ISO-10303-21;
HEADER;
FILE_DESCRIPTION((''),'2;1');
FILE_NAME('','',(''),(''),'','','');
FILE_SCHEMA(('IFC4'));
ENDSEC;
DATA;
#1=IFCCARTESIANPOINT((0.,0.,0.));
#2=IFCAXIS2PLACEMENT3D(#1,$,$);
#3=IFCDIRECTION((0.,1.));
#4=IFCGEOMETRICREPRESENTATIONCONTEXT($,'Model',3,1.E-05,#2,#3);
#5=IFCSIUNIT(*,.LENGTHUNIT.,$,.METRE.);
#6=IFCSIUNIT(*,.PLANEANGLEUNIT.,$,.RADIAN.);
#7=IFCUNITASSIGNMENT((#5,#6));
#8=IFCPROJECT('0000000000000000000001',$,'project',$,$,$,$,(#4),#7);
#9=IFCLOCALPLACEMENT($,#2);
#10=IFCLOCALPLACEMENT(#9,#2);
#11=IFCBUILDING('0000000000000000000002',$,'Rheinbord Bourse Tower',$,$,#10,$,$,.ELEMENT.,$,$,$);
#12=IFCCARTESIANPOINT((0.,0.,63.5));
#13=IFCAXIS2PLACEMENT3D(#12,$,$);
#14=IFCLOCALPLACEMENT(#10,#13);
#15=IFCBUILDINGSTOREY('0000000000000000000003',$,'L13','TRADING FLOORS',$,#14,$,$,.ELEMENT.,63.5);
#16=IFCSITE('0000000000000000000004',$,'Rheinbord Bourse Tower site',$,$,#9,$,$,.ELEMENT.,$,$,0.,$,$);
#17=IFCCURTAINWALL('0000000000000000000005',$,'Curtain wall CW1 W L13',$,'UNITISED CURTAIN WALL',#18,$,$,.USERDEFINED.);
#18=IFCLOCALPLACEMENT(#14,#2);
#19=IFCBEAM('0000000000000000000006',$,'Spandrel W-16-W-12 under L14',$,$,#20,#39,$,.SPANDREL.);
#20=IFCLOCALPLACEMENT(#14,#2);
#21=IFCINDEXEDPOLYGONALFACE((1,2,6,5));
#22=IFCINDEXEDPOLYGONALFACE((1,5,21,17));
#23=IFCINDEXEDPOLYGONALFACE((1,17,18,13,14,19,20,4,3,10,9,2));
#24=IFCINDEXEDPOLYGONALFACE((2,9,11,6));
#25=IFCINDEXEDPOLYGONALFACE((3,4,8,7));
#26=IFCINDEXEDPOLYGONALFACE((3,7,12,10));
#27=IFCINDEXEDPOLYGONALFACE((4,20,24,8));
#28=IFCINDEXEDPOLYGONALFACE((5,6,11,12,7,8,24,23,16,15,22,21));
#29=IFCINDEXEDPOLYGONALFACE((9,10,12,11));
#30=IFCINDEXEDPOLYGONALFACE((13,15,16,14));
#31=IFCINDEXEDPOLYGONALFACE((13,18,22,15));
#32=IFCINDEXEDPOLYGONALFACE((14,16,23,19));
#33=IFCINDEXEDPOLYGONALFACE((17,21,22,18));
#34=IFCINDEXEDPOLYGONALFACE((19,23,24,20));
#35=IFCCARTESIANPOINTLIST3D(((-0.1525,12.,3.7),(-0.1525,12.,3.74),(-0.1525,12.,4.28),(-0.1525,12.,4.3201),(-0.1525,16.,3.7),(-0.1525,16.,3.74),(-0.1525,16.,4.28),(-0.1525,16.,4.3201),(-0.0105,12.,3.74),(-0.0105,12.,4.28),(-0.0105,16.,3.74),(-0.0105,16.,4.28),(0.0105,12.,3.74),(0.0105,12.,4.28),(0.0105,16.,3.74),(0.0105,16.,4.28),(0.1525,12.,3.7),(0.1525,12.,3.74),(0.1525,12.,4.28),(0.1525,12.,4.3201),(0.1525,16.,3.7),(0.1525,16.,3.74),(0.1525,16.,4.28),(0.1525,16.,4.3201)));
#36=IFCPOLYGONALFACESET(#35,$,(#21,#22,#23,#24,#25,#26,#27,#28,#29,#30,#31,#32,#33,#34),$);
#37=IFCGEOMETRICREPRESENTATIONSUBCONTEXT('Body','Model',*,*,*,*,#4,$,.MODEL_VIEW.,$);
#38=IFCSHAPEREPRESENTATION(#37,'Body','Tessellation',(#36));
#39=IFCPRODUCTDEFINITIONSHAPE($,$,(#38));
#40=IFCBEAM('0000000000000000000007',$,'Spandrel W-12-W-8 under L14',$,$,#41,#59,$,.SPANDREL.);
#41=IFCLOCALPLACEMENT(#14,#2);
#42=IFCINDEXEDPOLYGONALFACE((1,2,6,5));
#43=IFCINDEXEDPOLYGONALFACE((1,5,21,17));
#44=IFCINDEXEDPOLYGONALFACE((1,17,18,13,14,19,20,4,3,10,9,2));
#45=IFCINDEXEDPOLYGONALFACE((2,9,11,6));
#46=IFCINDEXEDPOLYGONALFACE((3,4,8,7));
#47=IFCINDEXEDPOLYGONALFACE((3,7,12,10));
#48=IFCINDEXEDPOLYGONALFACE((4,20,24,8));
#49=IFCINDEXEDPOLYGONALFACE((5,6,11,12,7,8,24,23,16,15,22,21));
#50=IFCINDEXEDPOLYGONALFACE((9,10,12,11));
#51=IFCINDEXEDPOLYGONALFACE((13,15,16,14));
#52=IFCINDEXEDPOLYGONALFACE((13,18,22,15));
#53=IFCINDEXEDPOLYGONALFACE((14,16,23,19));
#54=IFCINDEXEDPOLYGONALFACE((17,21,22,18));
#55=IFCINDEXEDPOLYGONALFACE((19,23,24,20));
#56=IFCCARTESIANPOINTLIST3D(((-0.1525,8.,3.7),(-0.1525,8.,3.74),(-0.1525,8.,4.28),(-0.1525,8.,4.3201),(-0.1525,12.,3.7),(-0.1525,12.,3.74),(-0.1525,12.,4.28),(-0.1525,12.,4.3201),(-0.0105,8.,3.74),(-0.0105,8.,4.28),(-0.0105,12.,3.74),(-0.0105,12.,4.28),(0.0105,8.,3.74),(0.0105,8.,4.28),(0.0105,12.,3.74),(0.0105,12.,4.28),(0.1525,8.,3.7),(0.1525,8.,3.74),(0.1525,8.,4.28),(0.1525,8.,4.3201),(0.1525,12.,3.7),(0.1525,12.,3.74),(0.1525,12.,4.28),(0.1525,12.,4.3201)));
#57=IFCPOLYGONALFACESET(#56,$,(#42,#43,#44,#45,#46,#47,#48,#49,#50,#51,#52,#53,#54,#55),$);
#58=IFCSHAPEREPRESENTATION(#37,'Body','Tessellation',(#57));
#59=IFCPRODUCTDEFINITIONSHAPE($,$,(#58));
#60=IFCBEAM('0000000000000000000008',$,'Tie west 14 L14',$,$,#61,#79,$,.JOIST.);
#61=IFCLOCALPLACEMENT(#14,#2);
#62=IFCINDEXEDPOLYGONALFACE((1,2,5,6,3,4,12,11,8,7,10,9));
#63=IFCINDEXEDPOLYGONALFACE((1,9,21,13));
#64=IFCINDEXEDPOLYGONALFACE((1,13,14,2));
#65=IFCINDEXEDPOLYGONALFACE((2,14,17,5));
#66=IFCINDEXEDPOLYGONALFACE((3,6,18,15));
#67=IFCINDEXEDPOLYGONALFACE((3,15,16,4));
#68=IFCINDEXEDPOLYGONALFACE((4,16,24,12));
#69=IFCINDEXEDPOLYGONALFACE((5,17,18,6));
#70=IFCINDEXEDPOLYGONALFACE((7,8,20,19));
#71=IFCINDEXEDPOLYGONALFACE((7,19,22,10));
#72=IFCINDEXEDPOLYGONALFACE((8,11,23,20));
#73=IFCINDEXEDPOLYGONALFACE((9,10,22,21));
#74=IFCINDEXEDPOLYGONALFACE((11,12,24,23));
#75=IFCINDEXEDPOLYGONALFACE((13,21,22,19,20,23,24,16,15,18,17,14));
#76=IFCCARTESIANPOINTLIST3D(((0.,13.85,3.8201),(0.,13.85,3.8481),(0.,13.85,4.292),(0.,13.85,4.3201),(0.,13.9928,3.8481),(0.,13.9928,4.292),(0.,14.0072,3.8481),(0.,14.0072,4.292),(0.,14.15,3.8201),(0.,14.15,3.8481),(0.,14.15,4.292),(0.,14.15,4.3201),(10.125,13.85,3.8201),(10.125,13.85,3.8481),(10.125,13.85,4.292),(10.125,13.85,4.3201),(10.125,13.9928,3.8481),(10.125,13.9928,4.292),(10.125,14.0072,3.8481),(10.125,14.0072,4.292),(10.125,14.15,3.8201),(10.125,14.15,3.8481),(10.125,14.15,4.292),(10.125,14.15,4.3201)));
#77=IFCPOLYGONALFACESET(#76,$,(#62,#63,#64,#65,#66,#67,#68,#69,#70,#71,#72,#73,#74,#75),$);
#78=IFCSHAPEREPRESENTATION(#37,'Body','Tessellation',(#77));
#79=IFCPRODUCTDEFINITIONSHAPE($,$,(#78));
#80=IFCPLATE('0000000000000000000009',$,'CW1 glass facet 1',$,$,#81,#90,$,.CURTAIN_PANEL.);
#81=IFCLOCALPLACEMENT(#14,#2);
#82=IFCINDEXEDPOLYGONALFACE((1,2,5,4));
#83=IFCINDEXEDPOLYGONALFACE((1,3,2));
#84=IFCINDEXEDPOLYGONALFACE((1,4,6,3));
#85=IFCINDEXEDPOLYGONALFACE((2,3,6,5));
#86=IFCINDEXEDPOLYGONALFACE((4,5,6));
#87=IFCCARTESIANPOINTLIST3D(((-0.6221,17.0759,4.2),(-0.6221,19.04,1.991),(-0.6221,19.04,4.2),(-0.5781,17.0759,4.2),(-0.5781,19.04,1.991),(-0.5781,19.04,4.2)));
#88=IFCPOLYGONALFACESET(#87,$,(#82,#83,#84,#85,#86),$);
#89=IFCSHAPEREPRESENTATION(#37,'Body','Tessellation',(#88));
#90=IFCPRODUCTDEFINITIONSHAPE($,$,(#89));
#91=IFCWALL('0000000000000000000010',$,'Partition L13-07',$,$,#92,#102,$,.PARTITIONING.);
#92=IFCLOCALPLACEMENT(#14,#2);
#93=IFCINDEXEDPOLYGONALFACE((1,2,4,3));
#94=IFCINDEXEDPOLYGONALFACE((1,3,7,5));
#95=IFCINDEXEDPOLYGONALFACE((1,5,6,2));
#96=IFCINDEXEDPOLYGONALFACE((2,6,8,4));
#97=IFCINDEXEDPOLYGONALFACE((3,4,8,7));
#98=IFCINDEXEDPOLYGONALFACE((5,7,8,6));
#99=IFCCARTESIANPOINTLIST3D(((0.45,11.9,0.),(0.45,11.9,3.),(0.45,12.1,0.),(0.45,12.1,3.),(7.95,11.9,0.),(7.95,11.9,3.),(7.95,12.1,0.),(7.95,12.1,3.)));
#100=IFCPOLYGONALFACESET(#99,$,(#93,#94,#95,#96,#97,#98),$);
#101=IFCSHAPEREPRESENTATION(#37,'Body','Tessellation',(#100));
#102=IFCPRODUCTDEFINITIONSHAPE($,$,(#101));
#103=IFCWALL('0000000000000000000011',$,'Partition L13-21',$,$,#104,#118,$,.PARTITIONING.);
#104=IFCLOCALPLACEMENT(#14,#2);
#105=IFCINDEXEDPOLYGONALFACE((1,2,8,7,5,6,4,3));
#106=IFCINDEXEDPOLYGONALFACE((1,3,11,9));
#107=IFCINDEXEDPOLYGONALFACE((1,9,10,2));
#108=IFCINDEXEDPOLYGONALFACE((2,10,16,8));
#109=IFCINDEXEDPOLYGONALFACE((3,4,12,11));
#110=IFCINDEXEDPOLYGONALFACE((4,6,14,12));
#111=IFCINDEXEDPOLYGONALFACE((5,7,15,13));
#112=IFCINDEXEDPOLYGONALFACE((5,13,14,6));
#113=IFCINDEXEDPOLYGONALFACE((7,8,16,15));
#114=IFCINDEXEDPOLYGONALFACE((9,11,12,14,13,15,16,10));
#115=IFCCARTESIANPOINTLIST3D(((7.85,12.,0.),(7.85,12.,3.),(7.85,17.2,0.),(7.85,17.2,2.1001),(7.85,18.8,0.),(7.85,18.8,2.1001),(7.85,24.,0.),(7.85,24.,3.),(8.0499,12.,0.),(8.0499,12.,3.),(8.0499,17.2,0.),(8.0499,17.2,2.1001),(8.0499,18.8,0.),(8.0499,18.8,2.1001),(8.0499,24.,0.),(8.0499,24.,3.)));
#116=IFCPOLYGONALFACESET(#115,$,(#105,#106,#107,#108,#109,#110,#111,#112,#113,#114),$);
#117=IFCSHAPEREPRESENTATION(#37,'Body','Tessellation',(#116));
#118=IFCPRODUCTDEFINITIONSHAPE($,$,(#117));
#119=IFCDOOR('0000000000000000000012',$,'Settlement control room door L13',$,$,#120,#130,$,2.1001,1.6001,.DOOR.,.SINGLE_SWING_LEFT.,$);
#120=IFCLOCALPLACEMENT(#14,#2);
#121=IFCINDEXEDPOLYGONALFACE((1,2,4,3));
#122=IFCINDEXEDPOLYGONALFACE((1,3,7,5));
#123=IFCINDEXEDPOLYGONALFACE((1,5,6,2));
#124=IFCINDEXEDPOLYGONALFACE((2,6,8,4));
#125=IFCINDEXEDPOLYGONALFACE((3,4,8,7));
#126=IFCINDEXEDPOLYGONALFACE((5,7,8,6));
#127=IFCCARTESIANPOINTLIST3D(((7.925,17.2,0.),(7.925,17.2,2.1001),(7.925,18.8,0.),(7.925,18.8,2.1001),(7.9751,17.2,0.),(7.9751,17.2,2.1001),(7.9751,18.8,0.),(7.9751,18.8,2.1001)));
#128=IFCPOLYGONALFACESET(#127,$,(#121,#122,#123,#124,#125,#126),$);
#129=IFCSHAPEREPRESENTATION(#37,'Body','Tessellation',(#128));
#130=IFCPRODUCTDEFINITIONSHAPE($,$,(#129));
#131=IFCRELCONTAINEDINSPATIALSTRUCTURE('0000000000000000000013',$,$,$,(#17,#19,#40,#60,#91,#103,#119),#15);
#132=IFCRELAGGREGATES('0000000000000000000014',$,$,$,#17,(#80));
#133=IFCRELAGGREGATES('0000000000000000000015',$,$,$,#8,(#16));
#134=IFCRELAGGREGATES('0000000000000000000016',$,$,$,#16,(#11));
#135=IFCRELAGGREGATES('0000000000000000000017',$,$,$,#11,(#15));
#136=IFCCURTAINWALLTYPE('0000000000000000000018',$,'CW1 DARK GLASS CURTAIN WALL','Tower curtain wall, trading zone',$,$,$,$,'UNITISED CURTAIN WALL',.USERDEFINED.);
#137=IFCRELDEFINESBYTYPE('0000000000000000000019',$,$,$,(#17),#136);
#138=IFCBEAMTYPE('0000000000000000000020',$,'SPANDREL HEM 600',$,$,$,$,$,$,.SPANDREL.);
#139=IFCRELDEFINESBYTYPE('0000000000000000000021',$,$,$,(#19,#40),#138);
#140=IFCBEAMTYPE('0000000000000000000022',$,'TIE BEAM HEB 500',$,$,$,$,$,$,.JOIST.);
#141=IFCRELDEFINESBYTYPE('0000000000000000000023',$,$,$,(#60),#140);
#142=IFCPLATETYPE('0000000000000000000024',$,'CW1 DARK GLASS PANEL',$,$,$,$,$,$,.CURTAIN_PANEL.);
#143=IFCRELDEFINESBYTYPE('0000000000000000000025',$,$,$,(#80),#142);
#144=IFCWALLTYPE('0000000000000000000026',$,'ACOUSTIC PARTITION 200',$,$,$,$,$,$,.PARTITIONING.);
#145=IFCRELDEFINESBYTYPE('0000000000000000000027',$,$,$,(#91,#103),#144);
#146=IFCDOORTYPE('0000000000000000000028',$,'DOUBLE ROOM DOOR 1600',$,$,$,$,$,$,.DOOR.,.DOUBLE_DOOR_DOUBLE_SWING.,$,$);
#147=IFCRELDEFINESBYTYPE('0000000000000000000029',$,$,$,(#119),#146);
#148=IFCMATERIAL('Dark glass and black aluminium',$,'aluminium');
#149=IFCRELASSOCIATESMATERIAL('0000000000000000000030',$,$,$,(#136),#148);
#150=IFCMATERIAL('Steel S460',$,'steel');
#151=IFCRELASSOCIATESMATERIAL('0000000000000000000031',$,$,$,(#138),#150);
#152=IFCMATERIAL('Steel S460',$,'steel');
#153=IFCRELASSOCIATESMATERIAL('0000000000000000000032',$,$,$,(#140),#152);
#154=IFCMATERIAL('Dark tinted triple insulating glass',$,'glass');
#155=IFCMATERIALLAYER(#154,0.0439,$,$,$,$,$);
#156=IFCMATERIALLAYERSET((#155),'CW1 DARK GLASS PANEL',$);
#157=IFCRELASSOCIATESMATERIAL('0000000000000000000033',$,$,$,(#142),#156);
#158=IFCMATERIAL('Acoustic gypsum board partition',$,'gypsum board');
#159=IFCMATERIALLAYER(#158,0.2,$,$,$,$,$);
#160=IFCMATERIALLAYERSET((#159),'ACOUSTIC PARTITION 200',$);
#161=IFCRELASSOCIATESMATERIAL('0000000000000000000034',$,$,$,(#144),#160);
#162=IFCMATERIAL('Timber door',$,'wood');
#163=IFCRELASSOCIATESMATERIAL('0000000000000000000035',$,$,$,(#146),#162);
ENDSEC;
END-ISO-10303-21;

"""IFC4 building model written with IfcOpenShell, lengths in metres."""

from ifc_helpers import new_model, si_unit, direction, frame, frame_2d, origin, origin_2d, place, context, subcontext, project, spatial, polyline, rectangle, i_section, outline, extrude, material, layer, layer_set, material_profile, profile_set, type_object, element, fill, aggregate, save


model = new_model("IFC4")

# Units and contexts
model_context = context("Model", 3, precision=1e-05, world=origin(), true_north=direction((0.0, 1.0)))
body_context = subcontext(model_context, "Body", "Model", "MODEL_VIEW")
ifc_project = project(units=[si_unit("LENGTHUNIT", "METRE"), si_unit("PLANEANGLEUNIT", "RADIAN")], contexts=[model_context])

# Site, building, storey
site_placement = place(None, origin())
site = spatial("IfcSite", under=ifc_project, at=site_placement, Name="Rheinbord Bourse Tower site", CompositionType="ELEMENT", RefElevation=0.0)
building_placement = place(site_placement, origin())
building = spatial("IfcBuilding", under=site, at=building_placement, Name="Rheinbord Bourse Tower", CompositionType="ELEMENT")
storey_placement = place(building_placement, frame((0.0, 0.0, 63.5)))
storey = spatial("IfcBuildingStorey", under=building, at=storey_placement, Name="L13", Description="TRADING FLOORS", CompositionType="ELEMENT", Elevation=63.5)

# Curtain wall
ifc_material_1 = material(Name="Dark glass and black aluminium", Category="aluminium")
curtain_wall_type = type_object("IfcCurtainWallType", Name="CW1 DARK GLASS CURTAIN WALL", Description="Tower curtain wall, trading zone", ElementType="UNITISED CURTAIN WALL", PredefinedType="USERDEFINED", material=ifc_material_1)
curtain_wall_placement = place(storey_placement, origin())
curtain_wall = element("IfcCurtainWall", 1, at=curtain_wall_placement, inside=storey, type_object=curtain_wall_type, Name="Curtain wall CW1 W L13", ObjectType="UNITISED CURTAIN WALL", PredefinedType="USERDEFINED")

# Beams
ifc_material_2 = material(Name="Steel S460", Category="steel")
ifc_material_profile_1 = material_profile(ifc_material_2, i_section(OverallWidth=0.3049, OverallDepth=0.6201, WebThickness=0.021, FlangeThickness=0.04, at=origin_2d()), Name="HEM 600")
ifc_profile_set_1 = profile_set([ifc_material_profile_1], Name="Steel S460")
beam_type_1 = type_object("IfcBeamType", Name="SPANDREL HEM 600", PredefinedType="SPANDREL", material=ifc_profile_set_1)
for number, where, z_axis, x_axis, name in (
    (2, (0.0, 16.0, 4.01), (0.0, -1.0, 0.0), (1.0, 0.0, 0.0), "Spandrel W-16-W-12 under L14"),
    (3, (0.0, 12.0, 4.01), (0.0, -1.0, 0.0), (1.0, 0.0, 0.0), "Spandrel W-12-W-8 under L14"),
):
    element("IfcBeam", number, at=place(storey_placement, frame(where, z_axis=z_axis, x_axis=x_axis)), inside=storey, type_object=beam_type_1, Name=name, PredefinedType="SPANDREL", context=body_context, shape_type="SweptSolid", body=[
        extrude(i_section(OverallWidth=0.3049, OverallDepth=0.6201, WebThickness=0.021, FlangeThickness=0.04, at=origin_2d()), origin(), (0.0, 0.0, 1.0), 4.0),
    ])
ifc_material_3 = material(Name="Steel S460", Category="steel")
ifc_material_profile_2 = material_profile(ifc_material_3, i_section(OverallWidth=0.3, OverallDepth=0.5, WebThickness=0.0144, FlangeThickness=0.0281, at=origin_2d()), Name="HEB 500")
ifc_profile_set_2 = profile_set([ifc_material_profile_2], Name="Steel S460")
beam_type_2 = type_object("IfcBeamType", Name="TIE BEAM HEB 500", PredefinedType="JOIST", material=ifc_profile_set_2)
beam_1_placement = place(storey_placement, frame((0.0, 14.0, 4.0701), z_axis=(1.0, 0.0, 0.0), x_axis=(0.0, 1.0, 0.0)))
element("IfcBeam", 4, at=beam_1_placement, inside=storey, type_object=beam_type_2, Name="Tie west 14 L14", PredefinedType="JOIST", context=body_context, shape_type="SweptSolid", body=[
    extrude(i_section(OverallWidth=0.3, OverallDepth=0.5, WebThickness=0.0144, FlangeThickness=0.0281, at=origin_2d()), origin(), (0.0, 0.0, 1.0), 10.125),
])

# Plate
ifc_material_4 = material(Name="Dark tinted triple insulating glass", Category="glass")
ifc_layer_1 = layer(ifc_material_4, 0.0439)
ifc_layer_set_1 = layer_set([ifc_layer_1], Name="CW1 DARK GLASS PANEL")
plate_type = type_object("IfcPlateType", Name="CW1 DARK GLASS PANEL", PredefinedType="CURTAIN_PANEL", material=ifc_layer_set_1)
plate_placement = place(storey_placement, frame((-0.6221, 19.04, 4.2), z_axis=(1.0, 0.0, 0.0), x_axis=(0.0, -1.0, 0.0)))
plate = element("IfcPlate", 5, at=plate_placement, type_object=plate_type, Name="CW1 glass facet 1", PredefinedType="CURTAIN_PANEL", context=body_context, shape_type="SweptSolid", body=[
    extrude(outline(polyline([(0.0, 0.0), (1.9641, 0.0), (0.0, 2.209), (0.0, 0.0)])), origin(), (0.0, 0.0, 1.0), 0.0439),
])
aggregate(curtain_wall, [plate])

# Wall
ifc_material_5 = material(Name="Acoustic gypsum board partition", Category="gypsum board")
ifc_layer_2 = layer(ifc_material_5, 0.2)
ifc_layer_set_2 = layer_set([ifc_layer_2], Name="ACOUSTIC PARTITION 200")
wall_type = type_object("IfcWallType", Name="ACOUSTIC PARTITION 200", PredefinedType="PARTITIONING", material=ifc_layer_set_2)
wall_1_placement = place(storey_placement, frame((0.45, 12.0, 0.0), z_axis=(0.0, 0.0, 1.0), x_axis=(1.0, 0.0, 0.0)))
element("IfcWall", 6, at=wall_1_placement, inside=storey, type_object=wall_type, Name="Partition L13-07", PredefinedType="PARTITIONING", context=body_context, shape_type="SweptSolid", body=[
    extrude(rectangle(XDim=7.5, YDim=0.2, at=frame_2d((3.75, 0.0))), origin(), (0.0, 0.0, 1.0), 3.0),
])

# Wall, opening, door
wall_2_placement = place(storey_placement, frame((7.95, 12.0, 0.0), z_axis=(0.0, 0.0, 1.0), x_axis=(0.0, 1.0, 0.0)))
wall_2 = element("IfcWall", 7, at=wall_2_placement, inside=storey, type_object=wall_type, Name="Partition L13-21", PredefinedType="PARTITIONING", context=body_context, shape_type="SweptSolid", body=[
    extrude(rectangle(XDim=12.0, YDim=0.2, at=frame_2d((6.0, 0.0))), origin(), (0.0, 0.0, 1.0), 3.0),
])
opening_placement = place(wall_2_placement, frame((5.2, 0.0, 0.0)))
opening = element("IfcOpeningElement", 8, at=opening_placement, cuts=wall_2, PredefinedType="OPENING", context=body_context, shape_type="SweptSolid", body=[
    extrude(rectangle(XDim=1.6001, YDim=2.1001, at=frame_2d((0.8, 1.05))), frame((0.0, 0.1099, 0.0), z_axis=(0.0, -1.0, 0.0), x_axis=(1.0, 0.0, 0.0)), (0.0, 0.0, 1.0), 0.22),
])
ifc_material_6 = material(Name="Timber door", Category="wood")
door_type = type_object("IfcDoorType", Name="DOUBLE ROOM DOOR 1600", OperationType="DOUBLE_DOOR_DOUBLE_SWING", PredefinedType="DOOR", material=ifc_material_6)
door_placement = place(opening_placement, origin())
door = element("IfcDoor", 9, at=door_placement, inside=storey, type_object=door_type, Name="Settlement control room door L13", OperationType="SINGLE_SWING_LEFT", OverallHeight=2.1001, OverallWidth=1.6001, PredefinedType="DOOR", context=body_context, shape_type="SweptSolid", body=[
    extrude(rectangle(XDim=1.6001, YDim=2.1001, at=frame_2d((0.8, 1.05))), frame((0.0, 0.0249, 0.0), z_axis=(0.0, -1.0, 0.0), x_axis=(1.0, 0.0, 0.0)), (0.0, 0.0, 1.0), 0.05),
])
fill(opening, door)

save(model, "model.ifc")
